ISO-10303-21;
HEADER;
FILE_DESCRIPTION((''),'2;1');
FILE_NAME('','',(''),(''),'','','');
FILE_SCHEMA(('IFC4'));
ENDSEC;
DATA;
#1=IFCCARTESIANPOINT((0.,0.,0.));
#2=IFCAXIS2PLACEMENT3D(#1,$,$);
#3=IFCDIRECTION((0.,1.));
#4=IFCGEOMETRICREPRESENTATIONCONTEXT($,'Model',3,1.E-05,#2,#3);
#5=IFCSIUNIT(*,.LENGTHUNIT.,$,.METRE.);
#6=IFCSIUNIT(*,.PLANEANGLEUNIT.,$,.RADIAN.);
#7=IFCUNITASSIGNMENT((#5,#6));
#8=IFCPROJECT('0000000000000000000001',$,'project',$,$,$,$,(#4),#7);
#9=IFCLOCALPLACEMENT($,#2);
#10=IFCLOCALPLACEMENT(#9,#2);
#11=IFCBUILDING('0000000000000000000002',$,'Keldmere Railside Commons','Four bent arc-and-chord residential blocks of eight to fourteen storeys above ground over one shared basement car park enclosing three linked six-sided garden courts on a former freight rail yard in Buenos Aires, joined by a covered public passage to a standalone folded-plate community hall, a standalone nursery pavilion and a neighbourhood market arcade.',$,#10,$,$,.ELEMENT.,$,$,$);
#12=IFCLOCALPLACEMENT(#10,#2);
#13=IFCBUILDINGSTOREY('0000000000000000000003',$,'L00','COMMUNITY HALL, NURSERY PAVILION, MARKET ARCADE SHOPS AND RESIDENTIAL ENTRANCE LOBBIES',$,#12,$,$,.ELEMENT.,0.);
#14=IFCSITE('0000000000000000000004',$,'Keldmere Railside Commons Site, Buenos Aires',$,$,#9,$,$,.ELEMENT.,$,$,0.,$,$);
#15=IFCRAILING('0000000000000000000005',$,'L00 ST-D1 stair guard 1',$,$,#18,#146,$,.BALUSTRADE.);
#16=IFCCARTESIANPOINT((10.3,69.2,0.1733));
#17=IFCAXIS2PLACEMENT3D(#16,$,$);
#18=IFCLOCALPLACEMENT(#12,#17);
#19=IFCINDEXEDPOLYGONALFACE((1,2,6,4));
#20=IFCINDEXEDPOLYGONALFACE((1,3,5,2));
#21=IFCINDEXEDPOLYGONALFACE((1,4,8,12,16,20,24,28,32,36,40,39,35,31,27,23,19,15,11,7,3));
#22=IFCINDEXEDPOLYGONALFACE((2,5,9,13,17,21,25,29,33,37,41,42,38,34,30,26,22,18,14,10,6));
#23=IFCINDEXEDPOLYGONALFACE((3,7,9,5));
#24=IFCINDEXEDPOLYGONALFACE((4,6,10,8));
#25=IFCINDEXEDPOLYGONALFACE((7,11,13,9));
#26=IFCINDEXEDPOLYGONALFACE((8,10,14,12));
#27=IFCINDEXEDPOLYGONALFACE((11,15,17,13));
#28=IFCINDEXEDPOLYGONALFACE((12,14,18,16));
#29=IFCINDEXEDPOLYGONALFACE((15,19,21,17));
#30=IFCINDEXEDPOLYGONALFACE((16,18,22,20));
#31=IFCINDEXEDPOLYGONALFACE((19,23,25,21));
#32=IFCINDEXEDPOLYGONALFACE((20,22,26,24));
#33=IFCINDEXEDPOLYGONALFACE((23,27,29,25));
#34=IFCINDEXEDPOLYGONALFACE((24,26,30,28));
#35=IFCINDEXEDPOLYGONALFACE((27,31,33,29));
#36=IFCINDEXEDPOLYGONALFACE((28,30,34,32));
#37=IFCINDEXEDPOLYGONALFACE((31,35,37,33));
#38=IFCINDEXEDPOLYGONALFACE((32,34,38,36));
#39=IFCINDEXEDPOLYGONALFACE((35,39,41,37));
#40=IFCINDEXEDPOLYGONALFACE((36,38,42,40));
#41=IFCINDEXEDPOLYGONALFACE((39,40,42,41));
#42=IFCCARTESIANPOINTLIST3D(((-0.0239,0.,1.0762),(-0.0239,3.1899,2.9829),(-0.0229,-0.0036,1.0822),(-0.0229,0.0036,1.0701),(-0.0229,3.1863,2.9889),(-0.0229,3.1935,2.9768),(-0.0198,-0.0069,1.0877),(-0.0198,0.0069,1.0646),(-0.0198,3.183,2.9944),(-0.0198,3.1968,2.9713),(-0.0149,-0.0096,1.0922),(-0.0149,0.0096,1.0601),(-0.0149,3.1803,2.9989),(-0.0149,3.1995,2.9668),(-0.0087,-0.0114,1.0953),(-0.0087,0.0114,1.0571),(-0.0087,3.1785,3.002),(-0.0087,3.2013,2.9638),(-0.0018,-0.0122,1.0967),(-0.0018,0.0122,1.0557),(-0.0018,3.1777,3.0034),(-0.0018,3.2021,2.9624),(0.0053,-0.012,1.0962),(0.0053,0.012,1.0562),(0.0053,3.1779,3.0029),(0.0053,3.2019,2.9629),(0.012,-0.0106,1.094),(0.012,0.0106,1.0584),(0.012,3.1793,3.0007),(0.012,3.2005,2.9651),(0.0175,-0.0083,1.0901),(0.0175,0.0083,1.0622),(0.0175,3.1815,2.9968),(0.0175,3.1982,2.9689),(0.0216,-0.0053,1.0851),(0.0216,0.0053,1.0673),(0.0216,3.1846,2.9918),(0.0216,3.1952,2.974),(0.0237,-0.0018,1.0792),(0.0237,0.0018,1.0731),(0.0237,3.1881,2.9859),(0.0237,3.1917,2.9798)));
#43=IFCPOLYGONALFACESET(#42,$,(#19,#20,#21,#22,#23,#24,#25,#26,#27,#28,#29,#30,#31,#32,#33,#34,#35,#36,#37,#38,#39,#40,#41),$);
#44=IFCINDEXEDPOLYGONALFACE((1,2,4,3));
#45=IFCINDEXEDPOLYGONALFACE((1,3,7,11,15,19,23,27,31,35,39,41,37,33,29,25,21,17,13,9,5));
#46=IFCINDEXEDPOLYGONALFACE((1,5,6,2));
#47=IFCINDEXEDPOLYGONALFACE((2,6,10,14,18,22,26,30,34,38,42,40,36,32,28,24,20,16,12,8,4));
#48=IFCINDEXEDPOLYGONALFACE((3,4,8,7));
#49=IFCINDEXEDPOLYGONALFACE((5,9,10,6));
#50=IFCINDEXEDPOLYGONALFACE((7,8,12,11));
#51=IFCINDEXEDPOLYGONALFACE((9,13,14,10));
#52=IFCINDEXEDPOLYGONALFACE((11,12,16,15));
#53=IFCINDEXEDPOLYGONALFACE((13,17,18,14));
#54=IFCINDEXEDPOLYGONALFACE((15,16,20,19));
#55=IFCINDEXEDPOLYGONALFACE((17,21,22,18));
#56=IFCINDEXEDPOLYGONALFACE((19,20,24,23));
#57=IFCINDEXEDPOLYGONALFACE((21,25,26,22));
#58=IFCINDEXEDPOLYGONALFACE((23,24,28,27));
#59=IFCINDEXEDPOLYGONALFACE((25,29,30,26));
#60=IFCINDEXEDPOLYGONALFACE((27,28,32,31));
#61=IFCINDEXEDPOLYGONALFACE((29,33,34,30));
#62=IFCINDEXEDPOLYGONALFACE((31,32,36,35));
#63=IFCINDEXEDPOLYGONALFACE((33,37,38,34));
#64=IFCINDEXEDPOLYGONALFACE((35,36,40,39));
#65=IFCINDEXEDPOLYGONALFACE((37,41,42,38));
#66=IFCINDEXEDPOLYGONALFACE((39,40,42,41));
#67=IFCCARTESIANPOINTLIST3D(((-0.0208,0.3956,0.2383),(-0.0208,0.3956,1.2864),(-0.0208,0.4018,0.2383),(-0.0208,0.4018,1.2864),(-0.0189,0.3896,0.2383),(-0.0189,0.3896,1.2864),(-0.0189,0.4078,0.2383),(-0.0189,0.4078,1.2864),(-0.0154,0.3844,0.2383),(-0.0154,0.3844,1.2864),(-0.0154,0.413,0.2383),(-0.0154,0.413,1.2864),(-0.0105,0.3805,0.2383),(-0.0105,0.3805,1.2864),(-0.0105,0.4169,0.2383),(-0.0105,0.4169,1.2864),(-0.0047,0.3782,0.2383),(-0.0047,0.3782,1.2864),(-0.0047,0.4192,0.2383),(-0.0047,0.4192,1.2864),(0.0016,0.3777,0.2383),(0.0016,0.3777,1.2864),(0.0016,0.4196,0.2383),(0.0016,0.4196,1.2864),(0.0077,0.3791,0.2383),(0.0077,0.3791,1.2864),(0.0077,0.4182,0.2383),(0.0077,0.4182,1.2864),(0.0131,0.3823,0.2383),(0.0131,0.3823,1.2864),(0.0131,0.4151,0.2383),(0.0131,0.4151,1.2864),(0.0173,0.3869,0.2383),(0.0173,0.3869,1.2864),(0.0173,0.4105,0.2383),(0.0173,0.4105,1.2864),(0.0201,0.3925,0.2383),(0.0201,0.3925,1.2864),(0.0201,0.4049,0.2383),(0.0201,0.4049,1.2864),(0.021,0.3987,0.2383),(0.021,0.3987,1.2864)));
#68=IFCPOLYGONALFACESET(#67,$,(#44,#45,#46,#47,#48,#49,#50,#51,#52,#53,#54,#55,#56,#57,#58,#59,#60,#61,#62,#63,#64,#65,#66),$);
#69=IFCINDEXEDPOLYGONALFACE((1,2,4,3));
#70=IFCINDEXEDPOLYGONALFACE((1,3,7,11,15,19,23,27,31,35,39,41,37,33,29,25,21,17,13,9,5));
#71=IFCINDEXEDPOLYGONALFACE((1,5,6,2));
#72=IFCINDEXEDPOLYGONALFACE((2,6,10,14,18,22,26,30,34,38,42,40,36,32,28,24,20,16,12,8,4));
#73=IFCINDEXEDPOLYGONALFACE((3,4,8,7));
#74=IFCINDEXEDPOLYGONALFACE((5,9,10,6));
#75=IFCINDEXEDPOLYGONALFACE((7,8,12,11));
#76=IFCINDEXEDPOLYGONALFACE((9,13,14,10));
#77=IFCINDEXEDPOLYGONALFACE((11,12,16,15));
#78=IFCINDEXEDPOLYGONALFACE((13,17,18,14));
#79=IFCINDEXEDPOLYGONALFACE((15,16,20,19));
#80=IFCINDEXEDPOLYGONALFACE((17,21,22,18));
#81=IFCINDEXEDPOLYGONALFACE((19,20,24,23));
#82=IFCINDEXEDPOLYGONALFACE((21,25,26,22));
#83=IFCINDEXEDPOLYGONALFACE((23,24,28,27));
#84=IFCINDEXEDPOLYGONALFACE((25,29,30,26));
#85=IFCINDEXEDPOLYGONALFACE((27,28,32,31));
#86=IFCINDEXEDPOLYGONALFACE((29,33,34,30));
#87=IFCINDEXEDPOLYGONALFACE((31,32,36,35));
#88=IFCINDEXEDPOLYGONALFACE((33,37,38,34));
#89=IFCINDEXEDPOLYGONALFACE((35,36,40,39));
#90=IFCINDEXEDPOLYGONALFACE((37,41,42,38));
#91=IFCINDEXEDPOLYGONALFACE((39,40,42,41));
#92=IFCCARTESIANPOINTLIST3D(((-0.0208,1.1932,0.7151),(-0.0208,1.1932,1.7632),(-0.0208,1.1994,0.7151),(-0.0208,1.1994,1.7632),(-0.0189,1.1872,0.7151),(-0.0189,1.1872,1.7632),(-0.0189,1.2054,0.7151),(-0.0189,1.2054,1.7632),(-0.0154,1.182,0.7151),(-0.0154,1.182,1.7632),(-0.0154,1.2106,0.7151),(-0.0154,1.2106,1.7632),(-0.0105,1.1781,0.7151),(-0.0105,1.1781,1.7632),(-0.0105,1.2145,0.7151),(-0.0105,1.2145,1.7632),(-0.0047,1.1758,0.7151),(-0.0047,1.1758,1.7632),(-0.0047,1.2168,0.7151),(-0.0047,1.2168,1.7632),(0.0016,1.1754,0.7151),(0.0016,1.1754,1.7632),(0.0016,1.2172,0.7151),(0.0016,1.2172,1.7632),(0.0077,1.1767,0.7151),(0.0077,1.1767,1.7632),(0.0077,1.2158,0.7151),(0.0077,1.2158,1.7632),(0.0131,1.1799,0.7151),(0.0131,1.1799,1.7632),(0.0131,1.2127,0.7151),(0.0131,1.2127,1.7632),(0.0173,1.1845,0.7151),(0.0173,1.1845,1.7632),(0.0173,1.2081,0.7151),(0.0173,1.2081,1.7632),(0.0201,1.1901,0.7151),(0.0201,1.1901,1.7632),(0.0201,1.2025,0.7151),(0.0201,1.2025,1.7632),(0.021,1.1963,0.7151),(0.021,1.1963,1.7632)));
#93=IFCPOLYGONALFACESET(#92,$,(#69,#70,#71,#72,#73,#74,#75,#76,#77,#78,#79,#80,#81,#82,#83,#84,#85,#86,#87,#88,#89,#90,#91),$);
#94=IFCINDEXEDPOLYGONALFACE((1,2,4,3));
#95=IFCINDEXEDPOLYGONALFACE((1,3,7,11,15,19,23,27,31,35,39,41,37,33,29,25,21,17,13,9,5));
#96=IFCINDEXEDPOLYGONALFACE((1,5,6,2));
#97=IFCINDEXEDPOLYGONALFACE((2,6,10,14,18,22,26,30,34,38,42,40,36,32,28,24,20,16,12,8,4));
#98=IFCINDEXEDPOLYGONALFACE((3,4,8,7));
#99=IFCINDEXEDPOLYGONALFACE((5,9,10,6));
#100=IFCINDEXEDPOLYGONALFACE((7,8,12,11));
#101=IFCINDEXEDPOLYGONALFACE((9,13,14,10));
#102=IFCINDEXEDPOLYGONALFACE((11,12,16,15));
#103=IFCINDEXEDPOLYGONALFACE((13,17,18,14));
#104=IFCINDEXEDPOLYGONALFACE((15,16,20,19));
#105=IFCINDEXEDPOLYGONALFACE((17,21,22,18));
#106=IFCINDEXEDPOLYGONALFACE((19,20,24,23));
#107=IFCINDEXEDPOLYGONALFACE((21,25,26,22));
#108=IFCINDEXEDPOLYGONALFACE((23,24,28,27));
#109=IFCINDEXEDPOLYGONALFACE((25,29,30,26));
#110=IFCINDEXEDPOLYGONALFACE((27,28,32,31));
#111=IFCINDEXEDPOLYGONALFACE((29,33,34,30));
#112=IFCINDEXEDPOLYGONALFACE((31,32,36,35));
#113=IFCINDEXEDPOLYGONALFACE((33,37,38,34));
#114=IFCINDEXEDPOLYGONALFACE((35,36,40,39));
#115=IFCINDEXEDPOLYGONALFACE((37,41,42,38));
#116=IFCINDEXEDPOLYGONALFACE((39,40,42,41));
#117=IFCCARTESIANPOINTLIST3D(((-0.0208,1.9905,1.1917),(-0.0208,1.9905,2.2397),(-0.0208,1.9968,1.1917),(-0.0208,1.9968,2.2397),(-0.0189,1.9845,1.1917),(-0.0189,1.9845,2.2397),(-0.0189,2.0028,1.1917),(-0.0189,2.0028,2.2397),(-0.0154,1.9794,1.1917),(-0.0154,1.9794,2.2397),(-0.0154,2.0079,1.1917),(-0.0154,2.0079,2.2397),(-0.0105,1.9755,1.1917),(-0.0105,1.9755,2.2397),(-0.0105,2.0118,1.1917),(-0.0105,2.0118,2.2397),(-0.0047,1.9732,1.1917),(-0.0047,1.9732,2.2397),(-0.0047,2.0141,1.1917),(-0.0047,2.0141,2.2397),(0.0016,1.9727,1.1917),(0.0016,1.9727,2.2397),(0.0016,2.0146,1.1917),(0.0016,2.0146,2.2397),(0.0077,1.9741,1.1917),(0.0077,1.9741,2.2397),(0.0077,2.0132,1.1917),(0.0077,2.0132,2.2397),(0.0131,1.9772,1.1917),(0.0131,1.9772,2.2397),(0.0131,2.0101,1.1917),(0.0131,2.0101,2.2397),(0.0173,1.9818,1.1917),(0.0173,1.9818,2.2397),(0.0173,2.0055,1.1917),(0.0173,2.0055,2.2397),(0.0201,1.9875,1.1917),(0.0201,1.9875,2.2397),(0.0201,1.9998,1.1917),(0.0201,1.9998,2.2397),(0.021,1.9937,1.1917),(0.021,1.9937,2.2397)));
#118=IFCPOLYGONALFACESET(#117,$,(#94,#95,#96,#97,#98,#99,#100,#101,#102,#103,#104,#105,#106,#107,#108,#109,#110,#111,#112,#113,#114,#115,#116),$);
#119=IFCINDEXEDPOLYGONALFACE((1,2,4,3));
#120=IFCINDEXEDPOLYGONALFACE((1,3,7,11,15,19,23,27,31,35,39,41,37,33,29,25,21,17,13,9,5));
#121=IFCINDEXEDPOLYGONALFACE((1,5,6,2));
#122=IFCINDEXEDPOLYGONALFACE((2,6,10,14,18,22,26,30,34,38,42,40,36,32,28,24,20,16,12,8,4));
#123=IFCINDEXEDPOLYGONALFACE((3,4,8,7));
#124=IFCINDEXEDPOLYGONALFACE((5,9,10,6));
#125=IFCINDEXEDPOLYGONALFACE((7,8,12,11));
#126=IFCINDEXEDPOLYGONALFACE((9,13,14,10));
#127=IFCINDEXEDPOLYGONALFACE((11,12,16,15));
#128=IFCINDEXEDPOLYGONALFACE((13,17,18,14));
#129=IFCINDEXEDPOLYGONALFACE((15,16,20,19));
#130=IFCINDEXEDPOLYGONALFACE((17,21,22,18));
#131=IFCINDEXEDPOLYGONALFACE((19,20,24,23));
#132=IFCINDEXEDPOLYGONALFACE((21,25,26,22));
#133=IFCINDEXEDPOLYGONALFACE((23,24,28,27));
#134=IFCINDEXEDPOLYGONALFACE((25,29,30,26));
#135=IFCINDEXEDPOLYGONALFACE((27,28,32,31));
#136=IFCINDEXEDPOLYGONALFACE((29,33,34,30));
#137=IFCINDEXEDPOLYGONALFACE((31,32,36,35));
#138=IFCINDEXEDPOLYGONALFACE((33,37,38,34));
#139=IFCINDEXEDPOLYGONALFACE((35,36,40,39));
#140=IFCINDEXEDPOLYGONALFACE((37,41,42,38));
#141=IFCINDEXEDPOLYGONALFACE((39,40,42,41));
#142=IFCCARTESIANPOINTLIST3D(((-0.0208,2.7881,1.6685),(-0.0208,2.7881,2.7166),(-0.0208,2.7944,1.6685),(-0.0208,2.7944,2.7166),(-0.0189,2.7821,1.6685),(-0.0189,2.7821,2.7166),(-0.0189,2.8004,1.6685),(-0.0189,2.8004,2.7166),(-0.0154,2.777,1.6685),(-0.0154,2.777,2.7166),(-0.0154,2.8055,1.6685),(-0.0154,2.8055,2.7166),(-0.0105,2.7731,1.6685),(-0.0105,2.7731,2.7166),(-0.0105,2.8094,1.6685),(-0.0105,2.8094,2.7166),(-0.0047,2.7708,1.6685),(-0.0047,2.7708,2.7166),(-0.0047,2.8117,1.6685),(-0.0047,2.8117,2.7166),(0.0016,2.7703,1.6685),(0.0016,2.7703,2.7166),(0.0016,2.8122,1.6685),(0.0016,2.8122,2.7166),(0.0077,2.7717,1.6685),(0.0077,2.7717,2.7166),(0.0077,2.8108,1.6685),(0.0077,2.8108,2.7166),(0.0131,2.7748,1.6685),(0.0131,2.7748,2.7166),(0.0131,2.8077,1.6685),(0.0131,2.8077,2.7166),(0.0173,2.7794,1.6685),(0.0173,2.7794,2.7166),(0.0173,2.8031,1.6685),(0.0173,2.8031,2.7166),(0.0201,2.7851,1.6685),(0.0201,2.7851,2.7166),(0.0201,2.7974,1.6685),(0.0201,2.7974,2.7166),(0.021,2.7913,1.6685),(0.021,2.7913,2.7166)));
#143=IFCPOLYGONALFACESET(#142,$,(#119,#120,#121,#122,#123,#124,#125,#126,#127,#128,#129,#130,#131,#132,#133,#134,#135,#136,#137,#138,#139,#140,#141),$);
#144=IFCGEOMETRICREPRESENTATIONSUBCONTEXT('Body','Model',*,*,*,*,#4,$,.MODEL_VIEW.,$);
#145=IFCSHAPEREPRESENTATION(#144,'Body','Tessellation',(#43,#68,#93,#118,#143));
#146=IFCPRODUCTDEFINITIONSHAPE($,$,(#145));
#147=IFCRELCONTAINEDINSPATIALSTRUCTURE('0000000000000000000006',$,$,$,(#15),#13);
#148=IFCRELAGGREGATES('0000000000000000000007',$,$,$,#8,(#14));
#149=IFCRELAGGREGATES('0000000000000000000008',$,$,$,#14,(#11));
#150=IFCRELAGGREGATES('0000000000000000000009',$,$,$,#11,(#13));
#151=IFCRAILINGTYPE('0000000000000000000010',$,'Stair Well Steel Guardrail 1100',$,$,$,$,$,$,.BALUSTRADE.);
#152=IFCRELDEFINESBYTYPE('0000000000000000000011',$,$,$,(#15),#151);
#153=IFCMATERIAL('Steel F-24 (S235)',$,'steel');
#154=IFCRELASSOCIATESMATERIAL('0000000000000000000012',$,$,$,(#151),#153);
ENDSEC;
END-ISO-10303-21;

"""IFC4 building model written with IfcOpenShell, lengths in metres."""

from ifc_helpers import new_model, si_unit, direction, frame, origin, origin_2d, place, context, subcontext, project, spatial, circle, extrude, material, type_object, element, save


model = new_model("IFC4")

# Units and contexts
model_context = context("Model", 3, precision=1e-05, world=origin(), true_north=direction((0.0, 1.0)))
body_context = subcontext(model_context, "Body", "Model", "MODEL_VIEW")
ifc_project = project(units=[si_unit("LENGTHUNIT", "METRE"), si_unit("PLANEANGLEUNIT", "RADIAN")], contexts=[model_context])

# Site, building, storey
site_placement = place(None, origin())
site = spatial("IfcSite", under=ifc_project, at=site_placement, Name="Keldmere Railside Commons Site, Buenos Aires", CompositionType="ELEMENT", RefElevation=0.0)
building_placement = place(site_placement, origin())
building = spatial("IfcBuilding", under=site, at=building_placement, Name="Keldmere Railside Commons", Description="Four bent arc-and-chord residential blocks of eight to fourteen storeys above ground over one shared basement car park enclosing three linked six-sided garden courts on a former freight rail yard in Buenos Aires, joined by a covered public passage to a standalone folded-plate community hall, a standalone nursery pavilion and a neighbourhood market arcade.", CompositionType="ELEMENT")
storey_placement = place(building_placement, origin())
storey = spatial("IfcBuildingStorey", under=building, at=storey_placement, Name="L00", Description="COMMUNITY HALL, NURSERY PAVILION, MARKET ARCADE SHOPS AND RESIDENTIAL ENTRANCE LOBBIES", CompositionType="ELEMENT", Elevation=0.0)

# Shared definitions
ifc_material_1 = material(Name="Steel F-24 (S235)", Category="steel")

# Railing
railing_type = type_object("IfcRailingType", Name="Stair Well Steel Guardrail 1100", PredefinedType="BALUSTRADE", material=ifc_material_1)
railing_1_placement = place(storey_placement, frame((10.3, 69.2, 0.1733)))
element("IfcRailing", 1, at=railing_1_placement, inside=storey, type_object=railing_type, Name="L00 ST-D1 stair guard 1", PredefinedType="BALUSTRADE", context=body_context, shape_type="SweptSolid", body=[
    extrude(circle(Radius=0.0239, at=origin_2d()), frame((0.0, 0.0, 1.0762), z_axis=(0.0, 0.85835, 0.513065), x_axis=(-1.0, 0.0, 0.0)), (0.0, 0.0, 1.0), 3.7163),
    extrude(circle(Radius=0.021, at=origin_2d()), frame((0.0, 0.3987, 0.2383)), (0.0, 0.0, 1.0), 1.0481),
    extrude(circle(Radius=0.021, at=origin_2d()), frame((0.0, 1.1963, 0.7151)), (0.0, 0.0, 1.0), 1.0481),
    extrude(circle(Radius=0.021, at=origin_2d()), frame((0.0, 1.9937, 1.1917)), (0.0, 0.0, 1.0), 1.0481),
    extrude(circle(Radius=0.021, at=origin_2d()), frame((0.0, 2.7913, 1.6685)), (0.0, 0.0, 1.0), 1.0481),
])

save(model, "model.ifc")
